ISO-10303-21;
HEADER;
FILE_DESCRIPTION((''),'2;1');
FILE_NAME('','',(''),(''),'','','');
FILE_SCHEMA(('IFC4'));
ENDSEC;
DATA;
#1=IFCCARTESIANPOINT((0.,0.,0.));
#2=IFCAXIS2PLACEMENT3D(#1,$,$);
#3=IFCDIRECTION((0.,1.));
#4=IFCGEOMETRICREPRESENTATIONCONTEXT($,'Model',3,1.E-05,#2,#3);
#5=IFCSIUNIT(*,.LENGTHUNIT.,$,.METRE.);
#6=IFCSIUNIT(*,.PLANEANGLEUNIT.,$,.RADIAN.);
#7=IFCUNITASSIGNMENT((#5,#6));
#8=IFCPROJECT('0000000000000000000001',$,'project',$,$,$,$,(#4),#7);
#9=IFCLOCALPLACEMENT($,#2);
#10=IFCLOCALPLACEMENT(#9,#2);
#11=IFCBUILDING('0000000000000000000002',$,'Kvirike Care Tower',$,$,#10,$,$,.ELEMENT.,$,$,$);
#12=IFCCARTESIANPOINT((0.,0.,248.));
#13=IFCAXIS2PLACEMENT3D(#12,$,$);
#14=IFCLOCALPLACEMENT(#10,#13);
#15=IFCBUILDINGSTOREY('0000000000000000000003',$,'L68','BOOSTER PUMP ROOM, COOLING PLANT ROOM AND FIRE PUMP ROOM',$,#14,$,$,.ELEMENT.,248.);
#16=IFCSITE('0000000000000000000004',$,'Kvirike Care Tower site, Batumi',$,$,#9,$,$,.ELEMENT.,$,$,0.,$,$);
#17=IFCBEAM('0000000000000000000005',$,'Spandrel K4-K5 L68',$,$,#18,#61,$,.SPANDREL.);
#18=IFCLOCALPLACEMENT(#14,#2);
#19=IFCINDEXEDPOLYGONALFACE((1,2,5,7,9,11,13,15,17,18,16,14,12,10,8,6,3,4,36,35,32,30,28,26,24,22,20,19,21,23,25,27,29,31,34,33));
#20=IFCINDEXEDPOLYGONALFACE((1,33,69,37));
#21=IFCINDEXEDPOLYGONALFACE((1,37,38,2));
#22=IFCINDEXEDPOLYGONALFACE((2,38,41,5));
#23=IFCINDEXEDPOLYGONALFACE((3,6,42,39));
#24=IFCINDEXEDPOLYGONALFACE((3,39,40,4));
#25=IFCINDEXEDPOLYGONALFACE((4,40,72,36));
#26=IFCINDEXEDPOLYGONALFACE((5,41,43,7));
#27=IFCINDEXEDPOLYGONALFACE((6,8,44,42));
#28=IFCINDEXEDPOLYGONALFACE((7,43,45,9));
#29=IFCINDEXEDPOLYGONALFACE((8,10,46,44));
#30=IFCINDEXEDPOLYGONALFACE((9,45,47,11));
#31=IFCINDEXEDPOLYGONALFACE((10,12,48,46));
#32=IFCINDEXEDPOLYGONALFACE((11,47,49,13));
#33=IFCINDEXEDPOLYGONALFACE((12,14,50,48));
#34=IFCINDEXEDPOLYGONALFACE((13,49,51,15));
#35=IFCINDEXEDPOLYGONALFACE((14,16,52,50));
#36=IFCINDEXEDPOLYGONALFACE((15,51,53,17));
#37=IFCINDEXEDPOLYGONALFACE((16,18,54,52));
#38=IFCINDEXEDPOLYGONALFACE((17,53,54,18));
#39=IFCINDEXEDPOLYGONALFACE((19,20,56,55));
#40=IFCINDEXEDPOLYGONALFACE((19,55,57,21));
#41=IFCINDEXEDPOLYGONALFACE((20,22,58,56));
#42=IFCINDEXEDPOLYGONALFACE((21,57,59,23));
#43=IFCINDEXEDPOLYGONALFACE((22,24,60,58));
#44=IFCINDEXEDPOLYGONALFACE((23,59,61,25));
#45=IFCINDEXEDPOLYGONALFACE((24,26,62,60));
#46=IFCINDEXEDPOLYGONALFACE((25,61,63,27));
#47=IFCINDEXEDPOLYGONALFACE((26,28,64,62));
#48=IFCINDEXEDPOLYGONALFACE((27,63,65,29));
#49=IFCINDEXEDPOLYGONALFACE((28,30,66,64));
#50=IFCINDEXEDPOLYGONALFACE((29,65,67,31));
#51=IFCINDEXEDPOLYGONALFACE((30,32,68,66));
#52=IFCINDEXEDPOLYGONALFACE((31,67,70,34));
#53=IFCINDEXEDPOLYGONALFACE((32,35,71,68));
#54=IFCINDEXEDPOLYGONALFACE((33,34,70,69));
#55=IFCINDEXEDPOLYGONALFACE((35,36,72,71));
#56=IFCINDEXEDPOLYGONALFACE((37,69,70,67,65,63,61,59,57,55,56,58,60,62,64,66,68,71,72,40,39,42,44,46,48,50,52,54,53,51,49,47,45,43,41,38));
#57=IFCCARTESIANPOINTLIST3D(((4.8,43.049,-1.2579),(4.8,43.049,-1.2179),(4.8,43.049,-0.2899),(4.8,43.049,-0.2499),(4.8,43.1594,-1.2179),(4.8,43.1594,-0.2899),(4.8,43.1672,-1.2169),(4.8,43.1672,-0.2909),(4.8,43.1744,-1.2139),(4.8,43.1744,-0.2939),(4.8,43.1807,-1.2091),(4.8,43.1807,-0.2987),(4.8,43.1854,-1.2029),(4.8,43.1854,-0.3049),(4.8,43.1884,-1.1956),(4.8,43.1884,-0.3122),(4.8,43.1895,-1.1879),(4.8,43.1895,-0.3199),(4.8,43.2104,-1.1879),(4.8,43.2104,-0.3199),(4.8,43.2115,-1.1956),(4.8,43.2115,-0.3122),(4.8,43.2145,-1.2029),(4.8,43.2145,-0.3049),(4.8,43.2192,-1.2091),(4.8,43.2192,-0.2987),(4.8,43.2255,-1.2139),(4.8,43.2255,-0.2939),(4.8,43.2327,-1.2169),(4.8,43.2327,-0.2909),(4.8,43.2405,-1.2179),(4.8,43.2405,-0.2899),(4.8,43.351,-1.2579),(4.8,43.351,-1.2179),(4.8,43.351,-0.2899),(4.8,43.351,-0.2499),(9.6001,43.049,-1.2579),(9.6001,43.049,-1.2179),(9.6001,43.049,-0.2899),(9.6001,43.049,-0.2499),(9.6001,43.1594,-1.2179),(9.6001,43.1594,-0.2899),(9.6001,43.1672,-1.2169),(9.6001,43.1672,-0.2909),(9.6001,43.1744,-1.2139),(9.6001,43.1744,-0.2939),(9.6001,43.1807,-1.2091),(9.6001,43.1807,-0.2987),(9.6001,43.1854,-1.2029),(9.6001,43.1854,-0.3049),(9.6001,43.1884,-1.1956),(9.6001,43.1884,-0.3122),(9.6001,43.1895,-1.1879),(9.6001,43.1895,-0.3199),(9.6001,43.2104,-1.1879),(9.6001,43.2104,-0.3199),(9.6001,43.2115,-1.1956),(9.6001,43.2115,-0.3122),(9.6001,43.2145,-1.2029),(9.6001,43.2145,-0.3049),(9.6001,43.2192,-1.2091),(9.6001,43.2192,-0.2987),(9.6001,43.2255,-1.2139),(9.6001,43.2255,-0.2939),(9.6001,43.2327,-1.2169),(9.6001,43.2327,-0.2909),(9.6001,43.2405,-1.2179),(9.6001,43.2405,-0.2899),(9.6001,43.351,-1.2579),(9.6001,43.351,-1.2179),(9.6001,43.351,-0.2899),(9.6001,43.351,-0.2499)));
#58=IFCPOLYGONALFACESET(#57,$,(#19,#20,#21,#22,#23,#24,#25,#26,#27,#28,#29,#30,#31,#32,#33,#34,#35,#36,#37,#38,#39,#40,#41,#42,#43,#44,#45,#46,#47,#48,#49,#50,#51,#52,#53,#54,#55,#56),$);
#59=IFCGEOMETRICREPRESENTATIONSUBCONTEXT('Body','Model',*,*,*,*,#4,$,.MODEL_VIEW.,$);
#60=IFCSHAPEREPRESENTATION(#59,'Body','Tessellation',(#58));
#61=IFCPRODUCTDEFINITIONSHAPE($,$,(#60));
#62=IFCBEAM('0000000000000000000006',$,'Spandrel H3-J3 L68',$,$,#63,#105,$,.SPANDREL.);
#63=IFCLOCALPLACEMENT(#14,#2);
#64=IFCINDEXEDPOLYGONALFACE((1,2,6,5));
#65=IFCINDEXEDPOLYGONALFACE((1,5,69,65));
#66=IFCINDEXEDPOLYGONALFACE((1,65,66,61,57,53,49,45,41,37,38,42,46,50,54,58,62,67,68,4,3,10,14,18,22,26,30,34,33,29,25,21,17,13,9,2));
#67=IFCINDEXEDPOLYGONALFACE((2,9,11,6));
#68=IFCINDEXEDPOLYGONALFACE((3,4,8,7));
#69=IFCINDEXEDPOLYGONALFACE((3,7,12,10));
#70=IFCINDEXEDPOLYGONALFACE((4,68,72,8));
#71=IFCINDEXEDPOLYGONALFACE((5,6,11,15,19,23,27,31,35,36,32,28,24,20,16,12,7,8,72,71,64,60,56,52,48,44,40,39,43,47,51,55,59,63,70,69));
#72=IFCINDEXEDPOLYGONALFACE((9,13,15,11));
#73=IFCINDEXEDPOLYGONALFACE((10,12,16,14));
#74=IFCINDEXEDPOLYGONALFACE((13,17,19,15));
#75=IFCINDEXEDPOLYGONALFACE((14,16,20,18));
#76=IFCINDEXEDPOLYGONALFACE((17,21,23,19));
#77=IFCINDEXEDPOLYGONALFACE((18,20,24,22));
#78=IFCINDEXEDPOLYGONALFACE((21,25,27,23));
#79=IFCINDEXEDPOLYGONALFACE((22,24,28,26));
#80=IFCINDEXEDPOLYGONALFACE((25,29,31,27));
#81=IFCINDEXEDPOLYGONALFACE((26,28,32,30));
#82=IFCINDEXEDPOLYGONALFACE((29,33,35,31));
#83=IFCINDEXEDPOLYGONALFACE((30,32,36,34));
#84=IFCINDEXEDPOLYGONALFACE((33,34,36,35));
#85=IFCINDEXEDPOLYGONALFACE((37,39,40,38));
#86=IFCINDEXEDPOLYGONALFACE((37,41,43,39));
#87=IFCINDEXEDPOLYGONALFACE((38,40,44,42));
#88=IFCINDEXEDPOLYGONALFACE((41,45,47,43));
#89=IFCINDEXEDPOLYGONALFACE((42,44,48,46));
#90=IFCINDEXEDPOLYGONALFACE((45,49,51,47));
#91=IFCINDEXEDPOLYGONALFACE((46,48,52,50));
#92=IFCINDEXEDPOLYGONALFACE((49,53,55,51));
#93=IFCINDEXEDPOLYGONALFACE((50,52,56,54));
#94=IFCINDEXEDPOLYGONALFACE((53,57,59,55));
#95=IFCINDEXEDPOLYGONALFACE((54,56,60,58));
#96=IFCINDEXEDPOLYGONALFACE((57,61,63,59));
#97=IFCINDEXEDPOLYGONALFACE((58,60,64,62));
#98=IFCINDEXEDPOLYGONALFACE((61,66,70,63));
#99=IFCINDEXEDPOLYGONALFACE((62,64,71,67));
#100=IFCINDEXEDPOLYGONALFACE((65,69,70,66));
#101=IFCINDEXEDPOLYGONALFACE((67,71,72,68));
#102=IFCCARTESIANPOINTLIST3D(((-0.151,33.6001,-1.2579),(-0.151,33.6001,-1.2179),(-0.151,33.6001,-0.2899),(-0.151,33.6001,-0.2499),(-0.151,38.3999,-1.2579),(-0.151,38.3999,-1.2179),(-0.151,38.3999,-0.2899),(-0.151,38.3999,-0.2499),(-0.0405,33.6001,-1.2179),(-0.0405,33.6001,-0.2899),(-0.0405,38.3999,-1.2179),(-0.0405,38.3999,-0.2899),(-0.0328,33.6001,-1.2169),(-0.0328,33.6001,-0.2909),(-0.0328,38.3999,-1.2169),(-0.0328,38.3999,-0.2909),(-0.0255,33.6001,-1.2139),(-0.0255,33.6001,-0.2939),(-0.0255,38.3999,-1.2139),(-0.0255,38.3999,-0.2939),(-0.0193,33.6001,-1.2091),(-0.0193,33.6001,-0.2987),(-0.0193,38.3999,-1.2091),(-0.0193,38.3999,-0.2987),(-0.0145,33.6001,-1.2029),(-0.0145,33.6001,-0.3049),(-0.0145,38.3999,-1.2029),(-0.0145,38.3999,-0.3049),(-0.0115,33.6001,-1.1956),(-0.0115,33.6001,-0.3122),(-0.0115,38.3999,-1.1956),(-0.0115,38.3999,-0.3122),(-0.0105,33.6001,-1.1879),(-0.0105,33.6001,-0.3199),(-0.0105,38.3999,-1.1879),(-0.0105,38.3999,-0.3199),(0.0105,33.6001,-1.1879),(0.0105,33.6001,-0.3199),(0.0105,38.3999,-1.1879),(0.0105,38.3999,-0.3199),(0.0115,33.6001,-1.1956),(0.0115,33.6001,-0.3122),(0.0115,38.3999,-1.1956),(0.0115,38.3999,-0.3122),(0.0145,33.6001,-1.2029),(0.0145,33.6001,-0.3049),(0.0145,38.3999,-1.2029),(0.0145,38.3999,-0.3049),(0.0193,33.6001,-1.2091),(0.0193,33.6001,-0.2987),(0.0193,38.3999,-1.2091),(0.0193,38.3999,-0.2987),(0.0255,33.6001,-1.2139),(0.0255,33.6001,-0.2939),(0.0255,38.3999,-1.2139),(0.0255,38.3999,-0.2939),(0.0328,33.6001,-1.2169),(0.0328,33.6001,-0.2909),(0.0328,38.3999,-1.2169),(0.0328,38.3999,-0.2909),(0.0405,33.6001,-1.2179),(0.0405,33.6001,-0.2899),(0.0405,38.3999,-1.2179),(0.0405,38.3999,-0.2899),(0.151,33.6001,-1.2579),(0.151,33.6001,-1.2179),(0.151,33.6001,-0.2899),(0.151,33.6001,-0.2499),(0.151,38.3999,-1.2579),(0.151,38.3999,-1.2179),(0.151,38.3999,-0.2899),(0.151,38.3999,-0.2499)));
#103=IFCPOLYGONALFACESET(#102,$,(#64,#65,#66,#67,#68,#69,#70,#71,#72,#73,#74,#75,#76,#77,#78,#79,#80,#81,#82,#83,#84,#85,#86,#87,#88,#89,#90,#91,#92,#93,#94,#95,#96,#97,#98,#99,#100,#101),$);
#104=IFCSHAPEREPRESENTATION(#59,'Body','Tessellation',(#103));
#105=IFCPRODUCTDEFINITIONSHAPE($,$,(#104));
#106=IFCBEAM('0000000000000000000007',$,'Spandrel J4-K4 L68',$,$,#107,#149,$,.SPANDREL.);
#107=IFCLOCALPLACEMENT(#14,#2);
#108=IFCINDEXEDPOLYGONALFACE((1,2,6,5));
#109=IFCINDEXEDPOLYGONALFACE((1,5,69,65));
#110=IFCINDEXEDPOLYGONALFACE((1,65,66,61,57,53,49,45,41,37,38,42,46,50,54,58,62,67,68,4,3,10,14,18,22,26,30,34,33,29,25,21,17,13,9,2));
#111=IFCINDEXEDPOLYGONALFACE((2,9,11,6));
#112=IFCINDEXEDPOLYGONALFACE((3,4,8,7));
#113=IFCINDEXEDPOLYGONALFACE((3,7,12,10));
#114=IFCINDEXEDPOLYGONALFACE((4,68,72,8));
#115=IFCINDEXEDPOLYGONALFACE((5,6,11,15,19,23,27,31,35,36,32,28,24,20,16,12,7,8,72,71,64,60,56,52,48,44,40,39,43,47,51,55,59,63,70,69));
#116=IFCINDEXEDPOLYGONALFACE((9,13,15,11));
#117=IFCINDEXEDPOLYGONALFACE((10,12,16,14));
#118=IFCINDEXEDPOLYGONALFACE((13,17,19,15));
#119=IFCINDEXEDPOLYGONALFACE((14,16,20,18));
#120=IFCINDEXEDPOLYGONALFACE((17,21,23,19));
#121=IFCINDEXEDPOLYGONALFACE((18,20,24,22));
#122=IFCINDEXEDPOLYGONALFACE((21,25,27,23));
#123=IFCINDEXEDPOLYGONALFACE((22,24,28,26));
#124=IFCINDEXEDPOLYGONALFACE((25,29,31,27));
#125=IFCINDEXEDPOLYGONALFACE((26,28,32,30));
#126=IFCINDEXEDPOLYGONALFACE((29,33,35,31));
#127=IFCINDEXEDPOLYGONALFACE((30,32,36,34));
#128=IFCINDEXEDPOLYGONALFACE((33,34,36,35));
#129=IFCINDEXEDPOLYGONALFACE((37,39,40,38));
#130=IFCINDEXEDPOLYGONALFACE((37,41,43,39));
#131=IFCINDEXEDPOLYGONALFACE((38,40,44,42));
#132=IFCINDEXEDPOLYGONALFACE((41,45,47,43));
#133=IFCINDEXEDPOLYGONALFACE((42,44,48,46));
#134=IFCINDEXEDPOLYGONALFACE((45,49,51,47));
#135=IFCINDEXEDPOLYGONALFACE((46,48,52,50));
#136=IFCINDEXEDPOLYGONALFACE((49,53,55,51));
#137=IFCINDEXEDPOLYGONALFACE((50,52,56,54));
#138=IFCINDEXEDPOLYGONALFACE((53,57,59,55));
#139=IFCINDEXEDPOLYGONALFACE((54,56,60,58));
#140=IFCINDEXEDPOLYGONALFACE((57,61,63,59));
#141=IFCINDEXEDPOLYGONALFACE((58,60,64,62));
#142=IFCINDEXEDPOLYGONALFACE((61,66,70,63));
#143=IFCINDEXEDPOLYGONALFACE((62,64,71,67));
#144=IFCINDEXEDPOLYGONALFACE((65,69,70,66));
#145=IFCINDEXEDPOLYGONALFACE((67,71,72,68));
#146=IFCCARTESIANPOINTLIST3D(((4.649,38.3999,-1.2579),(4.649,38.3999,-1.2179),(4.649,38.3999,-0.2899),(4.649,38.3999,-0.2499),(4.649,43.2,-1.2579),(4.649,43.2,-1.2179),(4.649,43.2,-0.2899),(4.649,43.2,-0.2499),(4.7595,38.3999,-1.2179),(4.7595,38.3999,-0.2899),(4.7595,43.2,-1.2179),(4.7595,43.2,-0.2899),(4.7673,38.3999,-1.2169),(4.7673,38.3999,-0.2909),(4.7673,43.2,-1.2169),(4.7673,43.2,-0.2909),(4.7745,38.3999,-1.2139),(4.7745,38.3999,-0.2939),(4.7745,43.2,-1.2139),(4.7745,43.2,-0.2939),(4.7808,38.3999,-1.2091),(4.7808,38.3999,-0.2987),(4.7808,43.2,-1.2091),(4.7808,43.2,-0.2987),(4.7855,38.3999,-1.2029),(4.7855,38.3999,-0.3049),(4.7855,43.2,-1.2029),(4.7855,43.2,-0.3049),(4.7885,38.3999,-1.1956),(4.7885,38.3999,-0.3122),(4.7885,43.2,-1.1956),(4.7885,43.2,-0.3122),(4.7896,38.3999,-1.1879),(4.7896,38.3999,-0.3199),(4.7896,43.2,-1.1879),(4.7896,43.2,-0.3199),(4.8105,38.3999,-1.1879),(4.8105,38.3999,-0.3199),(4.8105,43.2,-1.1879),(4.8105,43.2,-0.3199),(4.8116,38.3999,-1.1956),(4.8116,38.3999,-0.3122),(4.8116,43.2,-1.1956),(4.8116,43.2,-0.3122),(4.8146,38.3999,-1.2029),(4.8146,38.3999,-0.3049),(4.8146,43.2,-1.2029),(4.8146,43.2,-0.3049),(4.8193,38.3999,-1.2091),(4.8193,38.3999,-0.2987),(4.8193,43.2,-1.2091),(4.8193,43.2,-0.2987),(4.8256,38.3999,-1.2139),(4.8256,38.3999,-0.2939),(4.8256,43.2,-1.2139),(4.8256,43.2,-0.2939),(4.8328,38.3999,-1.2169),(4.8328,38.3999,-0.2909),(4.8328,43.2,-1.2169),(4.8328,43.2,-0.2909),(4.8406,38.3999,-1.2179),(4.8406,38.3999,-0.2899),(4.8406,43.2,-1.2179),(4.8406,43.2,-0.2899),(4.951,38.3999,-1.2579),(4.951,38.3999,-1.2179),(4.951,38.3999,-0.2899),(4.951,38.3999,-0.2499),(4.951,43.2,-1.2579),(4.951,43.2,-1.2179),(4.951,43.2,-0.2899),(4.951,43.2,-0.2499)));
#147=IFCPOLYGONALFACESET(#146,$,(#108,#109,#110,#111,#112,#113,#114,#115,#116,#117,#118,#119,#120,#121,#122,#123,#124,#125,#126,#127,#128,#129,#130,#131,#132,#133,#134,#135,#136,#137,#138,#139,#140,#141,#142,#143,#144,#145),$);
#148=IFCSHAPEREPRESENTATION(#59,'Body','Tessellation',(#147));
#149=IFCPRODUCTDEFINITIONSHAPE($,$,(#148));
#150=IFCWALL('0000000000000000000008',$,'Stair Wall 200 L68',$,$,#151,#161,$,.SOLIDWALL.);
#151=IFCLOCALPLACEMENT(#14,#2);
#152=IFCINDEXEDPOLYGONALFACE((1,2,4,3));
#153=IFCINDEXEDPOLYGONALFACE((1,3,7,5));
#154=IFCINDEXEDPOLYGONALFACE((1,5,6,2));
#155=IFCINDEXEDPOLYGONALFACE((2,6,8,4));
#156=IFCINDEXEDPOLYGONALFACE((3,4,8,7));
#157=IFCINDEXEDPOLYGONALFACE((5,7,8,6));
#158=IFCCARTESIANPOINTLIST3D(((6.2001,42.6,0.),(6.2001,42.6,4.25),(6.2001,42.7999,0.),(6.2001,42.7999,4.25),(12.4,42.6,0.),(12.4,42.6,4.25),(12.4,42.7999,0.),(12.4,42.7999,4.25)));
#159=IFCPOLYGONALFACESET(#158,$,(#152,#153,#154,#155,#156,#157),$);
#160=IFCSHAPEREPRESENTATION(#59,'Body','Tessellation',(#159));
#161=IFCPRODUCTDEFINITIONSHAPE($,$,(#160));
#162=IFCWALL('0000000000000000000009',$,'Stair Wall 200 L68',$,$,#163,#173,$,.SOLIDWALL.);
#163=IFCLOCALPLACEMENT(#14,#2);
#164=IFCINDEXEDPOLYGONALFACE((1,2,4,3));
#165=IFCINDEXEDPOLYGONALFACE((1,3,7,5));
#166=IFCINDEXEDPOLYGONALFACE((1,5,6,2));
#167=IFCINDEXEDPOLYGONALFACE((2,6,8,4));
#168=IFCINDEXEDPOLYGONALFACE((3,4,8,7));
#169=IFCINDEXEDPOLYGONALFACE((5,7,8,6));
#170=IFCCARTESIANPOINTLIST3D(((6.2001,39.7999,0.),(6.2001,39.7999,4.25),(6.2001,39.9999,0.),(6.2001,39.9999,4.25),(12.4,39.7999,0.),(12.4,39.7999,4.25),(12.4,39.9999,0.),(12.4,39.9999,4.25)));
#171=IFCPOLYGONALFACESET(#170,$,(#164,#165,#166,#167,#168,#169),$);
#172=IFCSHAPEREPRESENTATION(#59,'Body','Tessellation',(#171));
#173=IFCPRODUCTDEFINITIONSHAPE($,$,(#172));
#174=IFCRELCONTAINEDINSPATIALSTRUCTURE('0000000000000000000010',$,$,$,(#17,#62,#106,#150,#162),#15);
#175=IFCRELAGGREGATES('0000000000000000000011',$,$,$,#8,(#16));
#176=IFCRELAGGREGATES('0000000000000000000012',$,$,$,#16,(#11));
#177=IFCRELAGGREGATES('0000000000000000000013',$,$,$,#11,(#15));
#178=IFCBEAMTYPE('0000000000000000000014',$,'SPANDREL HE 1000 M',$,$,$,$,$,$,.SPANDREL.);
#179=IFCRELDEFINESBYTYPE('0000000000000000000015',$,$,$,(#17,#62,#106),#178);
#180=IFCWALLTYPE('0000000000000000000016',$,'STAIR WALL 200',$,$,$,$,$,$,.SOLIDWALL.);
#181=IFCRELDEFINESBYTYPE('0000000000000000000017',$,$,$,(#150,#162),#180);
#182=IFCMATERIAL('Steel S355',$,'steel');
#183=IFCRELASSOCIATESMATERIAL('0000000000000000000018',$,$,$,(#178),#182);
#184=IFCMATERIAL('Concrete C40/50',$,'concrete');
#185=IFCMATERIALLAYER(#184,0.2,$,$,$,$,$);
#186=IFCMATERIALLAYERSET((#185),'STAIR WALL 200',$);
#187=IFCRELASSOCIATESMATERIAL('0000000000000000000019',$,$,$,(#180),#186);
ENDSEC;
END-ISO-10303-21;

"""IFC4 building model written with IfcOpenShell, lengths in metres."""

from ifc_helpers import new_model, si_unit, direction, frame, frame_2d, origin, origin_2d, place, context, subcontext, project, spatial, rectangle, i_section, extrude, material, layer, layer_set, material_profile, profile_set, type_object, element, save


model = new_model("IFC4")

# Units and contexts
model_context = context("Model", 3, precision=1e-05, world=origin(), true_north=direction((0.0, 1.0)))
body_context = subcontext(model_context, "Body", "Model", "MODEL_VIEW")
ifc_project = project(units=[si_unit("LENGTHUNIT", "METRE"), si_unit("PLANEANGLEUNIT", "RADIAN")], contexts=[model_context])

# Site, building, storey
site_placement = place(None, origin())
site = spatial("IfcSite", under=ifc_project, at=site_placement, Name="Kvirike Care Tower site, Batumi", CompositionType="ELEMENT", RefElevation=0.0)
building_placement = place(site_placement, origin())
building = spatial("IfcBuilding", under=site, at=building_placement, Name="Kvirike Care Tower", CompositionType="ELEMENT")
storey_placement = place(building_placement, frame((0.0, 0.0, 248.0)))
storey = spatial("IfcBuildingStorey", under=building, at=storey_placement, Name="L68", Description="BOOSTER PUMP ROOM, COOLING PLANT ROOM AND FIRE PUMP ROOM", CompositionType="ELEMENT", Elevation=248.0)

# Beams
ifc_material_1 = material(Name="Steel S355", Category="steel")
ifc_material_profile_1 = material_profile(ifc_material_1, i_section(OverallWidth=0.302, OverallDepth=1.0081, WebThickness=0.021, FlangeThickness=0.04, FilletRadius=0.03, at=origin_2d()), Name="HE 1000 M")
ifc_profile_set_1 = profile_set([ifc_material_profile_1], Name="Steel S355")
beam_type_1 = type_object("IfcBeamType", Name="SPANDREL HE 1000 M", PredefinedType="SPANDREL", material=ifc_profile_set_1)
for number, where, z_axis, x_axis, name in (
    (1, (4.8, 43.2, -0.7539), (1.0, 0.0, 0.0), (0.0, 1.0, 0.0), "Spandrel K4-K5 L68"),
):
    element("IfcBeam", number, at=place(storey_placement, frame(where, z_axis=z_axis, x_axis=x_axis)), inside=storey, type_object=beam_type_1, Name=name, PredefinedType="SPANDREL", context=body_context, shape_type="SweptSolid", body=[
        extrude(i_section(OverallWidth=0.302, OverallDepth=1.0081, WebThickness=0.021, FlangeThickness=0.04, FilletRadius=0.03, at=origin_2d()), origin(), (0.0, 0.0, 1.0), 4.8),
    ])
beam_1_placement = place(storey_placement, frame((0.0, 33.6001, -0.7539), z_axis=(0.0, 1.0, 0.0), x_axis=(-1.0, 0.0, 0.0)))
element("IfcBeam", 2, at=beam_1_placement, inside=storey, type_object=beam_type_1, Name="Spandrel H3-J3 L68", PredefinedType="SPANDREL", context=body_context, shape_type="SweptSolid", body=[
    extrude(i_section(OverallWidth=0.302, OverallDepth=1.0081, WebThickness=0.021, FlangeThickness=0.04, FilletRadius=0.03, at=origin_2d()), origin(), (0.0, 0.0, 1.0), 4.7998),
])
beam_2_placement = place(storey_placement, frame((4.8, 38.3999, -0.7539), z_axis=(0.0, 1.0, 0.0), x_axis=(-1.0, 0.0, 0.0)))
element("IfcBeam", 3, at=beam_2_placement, inside=storey, type_object=beam_type_1, Name="Spandrel J4-K4 L68", PredefinedType="SPANDREL", context=body_context, shape_type="SweptSolid", body=[
    extrude(i_section(OverallWidth=0.302, OverallDepth=1.0081, WebThickness=0.021, FlangeThickness=0.04, FilletRadius=0.03, at=origin_2d()), origin(), (0.0, 0.0, 1.0), 4.8),
])

# Walls
ifc_material_2 = material(Name="Concrete C40/50", Category="concrete")
ifc_layer = layer(ifc_material_2, 0.2)
ifc_layer_set = layer_set([ifc_layer], Name="STAIR WALL 200")
wall_type = type_object("IfcWallType", Name="STAIR WALL 200", PredefinedType="SOLIDWALL", material=ifc_layer_set)
for number, where, z_axis, x_axis, name in (
    (4, (6.2, 42.7, 0.0), (0.0, 0.0, 1.0), (1.0, 0.0, 0.0), "Stair Wall 200 L68"),
    (5, (6.2, 39.8999, 0.0), (0.0, 0.0, 1.0), (1.0, 0.0, 0.0), "Stair Wall 200 L68"),
):
    element("IfcWall", number, at=place(storey_placement, frame(where, z_axis=z_axis, x_axis=x_axis)), inside=storey, type_object=wall_type, Name=name, PredefinedType="SOLIDWALL", context=body_context, shape_type="SweptSolid", body=[
        extrude(rectangle(XDim=6.2, YDim=0.2, at=frame_2d((3.1001, 0.0))), origin(), (0.0, 0.0, 1.0), 4.25),
    ])

save(model, "model.ifc")
